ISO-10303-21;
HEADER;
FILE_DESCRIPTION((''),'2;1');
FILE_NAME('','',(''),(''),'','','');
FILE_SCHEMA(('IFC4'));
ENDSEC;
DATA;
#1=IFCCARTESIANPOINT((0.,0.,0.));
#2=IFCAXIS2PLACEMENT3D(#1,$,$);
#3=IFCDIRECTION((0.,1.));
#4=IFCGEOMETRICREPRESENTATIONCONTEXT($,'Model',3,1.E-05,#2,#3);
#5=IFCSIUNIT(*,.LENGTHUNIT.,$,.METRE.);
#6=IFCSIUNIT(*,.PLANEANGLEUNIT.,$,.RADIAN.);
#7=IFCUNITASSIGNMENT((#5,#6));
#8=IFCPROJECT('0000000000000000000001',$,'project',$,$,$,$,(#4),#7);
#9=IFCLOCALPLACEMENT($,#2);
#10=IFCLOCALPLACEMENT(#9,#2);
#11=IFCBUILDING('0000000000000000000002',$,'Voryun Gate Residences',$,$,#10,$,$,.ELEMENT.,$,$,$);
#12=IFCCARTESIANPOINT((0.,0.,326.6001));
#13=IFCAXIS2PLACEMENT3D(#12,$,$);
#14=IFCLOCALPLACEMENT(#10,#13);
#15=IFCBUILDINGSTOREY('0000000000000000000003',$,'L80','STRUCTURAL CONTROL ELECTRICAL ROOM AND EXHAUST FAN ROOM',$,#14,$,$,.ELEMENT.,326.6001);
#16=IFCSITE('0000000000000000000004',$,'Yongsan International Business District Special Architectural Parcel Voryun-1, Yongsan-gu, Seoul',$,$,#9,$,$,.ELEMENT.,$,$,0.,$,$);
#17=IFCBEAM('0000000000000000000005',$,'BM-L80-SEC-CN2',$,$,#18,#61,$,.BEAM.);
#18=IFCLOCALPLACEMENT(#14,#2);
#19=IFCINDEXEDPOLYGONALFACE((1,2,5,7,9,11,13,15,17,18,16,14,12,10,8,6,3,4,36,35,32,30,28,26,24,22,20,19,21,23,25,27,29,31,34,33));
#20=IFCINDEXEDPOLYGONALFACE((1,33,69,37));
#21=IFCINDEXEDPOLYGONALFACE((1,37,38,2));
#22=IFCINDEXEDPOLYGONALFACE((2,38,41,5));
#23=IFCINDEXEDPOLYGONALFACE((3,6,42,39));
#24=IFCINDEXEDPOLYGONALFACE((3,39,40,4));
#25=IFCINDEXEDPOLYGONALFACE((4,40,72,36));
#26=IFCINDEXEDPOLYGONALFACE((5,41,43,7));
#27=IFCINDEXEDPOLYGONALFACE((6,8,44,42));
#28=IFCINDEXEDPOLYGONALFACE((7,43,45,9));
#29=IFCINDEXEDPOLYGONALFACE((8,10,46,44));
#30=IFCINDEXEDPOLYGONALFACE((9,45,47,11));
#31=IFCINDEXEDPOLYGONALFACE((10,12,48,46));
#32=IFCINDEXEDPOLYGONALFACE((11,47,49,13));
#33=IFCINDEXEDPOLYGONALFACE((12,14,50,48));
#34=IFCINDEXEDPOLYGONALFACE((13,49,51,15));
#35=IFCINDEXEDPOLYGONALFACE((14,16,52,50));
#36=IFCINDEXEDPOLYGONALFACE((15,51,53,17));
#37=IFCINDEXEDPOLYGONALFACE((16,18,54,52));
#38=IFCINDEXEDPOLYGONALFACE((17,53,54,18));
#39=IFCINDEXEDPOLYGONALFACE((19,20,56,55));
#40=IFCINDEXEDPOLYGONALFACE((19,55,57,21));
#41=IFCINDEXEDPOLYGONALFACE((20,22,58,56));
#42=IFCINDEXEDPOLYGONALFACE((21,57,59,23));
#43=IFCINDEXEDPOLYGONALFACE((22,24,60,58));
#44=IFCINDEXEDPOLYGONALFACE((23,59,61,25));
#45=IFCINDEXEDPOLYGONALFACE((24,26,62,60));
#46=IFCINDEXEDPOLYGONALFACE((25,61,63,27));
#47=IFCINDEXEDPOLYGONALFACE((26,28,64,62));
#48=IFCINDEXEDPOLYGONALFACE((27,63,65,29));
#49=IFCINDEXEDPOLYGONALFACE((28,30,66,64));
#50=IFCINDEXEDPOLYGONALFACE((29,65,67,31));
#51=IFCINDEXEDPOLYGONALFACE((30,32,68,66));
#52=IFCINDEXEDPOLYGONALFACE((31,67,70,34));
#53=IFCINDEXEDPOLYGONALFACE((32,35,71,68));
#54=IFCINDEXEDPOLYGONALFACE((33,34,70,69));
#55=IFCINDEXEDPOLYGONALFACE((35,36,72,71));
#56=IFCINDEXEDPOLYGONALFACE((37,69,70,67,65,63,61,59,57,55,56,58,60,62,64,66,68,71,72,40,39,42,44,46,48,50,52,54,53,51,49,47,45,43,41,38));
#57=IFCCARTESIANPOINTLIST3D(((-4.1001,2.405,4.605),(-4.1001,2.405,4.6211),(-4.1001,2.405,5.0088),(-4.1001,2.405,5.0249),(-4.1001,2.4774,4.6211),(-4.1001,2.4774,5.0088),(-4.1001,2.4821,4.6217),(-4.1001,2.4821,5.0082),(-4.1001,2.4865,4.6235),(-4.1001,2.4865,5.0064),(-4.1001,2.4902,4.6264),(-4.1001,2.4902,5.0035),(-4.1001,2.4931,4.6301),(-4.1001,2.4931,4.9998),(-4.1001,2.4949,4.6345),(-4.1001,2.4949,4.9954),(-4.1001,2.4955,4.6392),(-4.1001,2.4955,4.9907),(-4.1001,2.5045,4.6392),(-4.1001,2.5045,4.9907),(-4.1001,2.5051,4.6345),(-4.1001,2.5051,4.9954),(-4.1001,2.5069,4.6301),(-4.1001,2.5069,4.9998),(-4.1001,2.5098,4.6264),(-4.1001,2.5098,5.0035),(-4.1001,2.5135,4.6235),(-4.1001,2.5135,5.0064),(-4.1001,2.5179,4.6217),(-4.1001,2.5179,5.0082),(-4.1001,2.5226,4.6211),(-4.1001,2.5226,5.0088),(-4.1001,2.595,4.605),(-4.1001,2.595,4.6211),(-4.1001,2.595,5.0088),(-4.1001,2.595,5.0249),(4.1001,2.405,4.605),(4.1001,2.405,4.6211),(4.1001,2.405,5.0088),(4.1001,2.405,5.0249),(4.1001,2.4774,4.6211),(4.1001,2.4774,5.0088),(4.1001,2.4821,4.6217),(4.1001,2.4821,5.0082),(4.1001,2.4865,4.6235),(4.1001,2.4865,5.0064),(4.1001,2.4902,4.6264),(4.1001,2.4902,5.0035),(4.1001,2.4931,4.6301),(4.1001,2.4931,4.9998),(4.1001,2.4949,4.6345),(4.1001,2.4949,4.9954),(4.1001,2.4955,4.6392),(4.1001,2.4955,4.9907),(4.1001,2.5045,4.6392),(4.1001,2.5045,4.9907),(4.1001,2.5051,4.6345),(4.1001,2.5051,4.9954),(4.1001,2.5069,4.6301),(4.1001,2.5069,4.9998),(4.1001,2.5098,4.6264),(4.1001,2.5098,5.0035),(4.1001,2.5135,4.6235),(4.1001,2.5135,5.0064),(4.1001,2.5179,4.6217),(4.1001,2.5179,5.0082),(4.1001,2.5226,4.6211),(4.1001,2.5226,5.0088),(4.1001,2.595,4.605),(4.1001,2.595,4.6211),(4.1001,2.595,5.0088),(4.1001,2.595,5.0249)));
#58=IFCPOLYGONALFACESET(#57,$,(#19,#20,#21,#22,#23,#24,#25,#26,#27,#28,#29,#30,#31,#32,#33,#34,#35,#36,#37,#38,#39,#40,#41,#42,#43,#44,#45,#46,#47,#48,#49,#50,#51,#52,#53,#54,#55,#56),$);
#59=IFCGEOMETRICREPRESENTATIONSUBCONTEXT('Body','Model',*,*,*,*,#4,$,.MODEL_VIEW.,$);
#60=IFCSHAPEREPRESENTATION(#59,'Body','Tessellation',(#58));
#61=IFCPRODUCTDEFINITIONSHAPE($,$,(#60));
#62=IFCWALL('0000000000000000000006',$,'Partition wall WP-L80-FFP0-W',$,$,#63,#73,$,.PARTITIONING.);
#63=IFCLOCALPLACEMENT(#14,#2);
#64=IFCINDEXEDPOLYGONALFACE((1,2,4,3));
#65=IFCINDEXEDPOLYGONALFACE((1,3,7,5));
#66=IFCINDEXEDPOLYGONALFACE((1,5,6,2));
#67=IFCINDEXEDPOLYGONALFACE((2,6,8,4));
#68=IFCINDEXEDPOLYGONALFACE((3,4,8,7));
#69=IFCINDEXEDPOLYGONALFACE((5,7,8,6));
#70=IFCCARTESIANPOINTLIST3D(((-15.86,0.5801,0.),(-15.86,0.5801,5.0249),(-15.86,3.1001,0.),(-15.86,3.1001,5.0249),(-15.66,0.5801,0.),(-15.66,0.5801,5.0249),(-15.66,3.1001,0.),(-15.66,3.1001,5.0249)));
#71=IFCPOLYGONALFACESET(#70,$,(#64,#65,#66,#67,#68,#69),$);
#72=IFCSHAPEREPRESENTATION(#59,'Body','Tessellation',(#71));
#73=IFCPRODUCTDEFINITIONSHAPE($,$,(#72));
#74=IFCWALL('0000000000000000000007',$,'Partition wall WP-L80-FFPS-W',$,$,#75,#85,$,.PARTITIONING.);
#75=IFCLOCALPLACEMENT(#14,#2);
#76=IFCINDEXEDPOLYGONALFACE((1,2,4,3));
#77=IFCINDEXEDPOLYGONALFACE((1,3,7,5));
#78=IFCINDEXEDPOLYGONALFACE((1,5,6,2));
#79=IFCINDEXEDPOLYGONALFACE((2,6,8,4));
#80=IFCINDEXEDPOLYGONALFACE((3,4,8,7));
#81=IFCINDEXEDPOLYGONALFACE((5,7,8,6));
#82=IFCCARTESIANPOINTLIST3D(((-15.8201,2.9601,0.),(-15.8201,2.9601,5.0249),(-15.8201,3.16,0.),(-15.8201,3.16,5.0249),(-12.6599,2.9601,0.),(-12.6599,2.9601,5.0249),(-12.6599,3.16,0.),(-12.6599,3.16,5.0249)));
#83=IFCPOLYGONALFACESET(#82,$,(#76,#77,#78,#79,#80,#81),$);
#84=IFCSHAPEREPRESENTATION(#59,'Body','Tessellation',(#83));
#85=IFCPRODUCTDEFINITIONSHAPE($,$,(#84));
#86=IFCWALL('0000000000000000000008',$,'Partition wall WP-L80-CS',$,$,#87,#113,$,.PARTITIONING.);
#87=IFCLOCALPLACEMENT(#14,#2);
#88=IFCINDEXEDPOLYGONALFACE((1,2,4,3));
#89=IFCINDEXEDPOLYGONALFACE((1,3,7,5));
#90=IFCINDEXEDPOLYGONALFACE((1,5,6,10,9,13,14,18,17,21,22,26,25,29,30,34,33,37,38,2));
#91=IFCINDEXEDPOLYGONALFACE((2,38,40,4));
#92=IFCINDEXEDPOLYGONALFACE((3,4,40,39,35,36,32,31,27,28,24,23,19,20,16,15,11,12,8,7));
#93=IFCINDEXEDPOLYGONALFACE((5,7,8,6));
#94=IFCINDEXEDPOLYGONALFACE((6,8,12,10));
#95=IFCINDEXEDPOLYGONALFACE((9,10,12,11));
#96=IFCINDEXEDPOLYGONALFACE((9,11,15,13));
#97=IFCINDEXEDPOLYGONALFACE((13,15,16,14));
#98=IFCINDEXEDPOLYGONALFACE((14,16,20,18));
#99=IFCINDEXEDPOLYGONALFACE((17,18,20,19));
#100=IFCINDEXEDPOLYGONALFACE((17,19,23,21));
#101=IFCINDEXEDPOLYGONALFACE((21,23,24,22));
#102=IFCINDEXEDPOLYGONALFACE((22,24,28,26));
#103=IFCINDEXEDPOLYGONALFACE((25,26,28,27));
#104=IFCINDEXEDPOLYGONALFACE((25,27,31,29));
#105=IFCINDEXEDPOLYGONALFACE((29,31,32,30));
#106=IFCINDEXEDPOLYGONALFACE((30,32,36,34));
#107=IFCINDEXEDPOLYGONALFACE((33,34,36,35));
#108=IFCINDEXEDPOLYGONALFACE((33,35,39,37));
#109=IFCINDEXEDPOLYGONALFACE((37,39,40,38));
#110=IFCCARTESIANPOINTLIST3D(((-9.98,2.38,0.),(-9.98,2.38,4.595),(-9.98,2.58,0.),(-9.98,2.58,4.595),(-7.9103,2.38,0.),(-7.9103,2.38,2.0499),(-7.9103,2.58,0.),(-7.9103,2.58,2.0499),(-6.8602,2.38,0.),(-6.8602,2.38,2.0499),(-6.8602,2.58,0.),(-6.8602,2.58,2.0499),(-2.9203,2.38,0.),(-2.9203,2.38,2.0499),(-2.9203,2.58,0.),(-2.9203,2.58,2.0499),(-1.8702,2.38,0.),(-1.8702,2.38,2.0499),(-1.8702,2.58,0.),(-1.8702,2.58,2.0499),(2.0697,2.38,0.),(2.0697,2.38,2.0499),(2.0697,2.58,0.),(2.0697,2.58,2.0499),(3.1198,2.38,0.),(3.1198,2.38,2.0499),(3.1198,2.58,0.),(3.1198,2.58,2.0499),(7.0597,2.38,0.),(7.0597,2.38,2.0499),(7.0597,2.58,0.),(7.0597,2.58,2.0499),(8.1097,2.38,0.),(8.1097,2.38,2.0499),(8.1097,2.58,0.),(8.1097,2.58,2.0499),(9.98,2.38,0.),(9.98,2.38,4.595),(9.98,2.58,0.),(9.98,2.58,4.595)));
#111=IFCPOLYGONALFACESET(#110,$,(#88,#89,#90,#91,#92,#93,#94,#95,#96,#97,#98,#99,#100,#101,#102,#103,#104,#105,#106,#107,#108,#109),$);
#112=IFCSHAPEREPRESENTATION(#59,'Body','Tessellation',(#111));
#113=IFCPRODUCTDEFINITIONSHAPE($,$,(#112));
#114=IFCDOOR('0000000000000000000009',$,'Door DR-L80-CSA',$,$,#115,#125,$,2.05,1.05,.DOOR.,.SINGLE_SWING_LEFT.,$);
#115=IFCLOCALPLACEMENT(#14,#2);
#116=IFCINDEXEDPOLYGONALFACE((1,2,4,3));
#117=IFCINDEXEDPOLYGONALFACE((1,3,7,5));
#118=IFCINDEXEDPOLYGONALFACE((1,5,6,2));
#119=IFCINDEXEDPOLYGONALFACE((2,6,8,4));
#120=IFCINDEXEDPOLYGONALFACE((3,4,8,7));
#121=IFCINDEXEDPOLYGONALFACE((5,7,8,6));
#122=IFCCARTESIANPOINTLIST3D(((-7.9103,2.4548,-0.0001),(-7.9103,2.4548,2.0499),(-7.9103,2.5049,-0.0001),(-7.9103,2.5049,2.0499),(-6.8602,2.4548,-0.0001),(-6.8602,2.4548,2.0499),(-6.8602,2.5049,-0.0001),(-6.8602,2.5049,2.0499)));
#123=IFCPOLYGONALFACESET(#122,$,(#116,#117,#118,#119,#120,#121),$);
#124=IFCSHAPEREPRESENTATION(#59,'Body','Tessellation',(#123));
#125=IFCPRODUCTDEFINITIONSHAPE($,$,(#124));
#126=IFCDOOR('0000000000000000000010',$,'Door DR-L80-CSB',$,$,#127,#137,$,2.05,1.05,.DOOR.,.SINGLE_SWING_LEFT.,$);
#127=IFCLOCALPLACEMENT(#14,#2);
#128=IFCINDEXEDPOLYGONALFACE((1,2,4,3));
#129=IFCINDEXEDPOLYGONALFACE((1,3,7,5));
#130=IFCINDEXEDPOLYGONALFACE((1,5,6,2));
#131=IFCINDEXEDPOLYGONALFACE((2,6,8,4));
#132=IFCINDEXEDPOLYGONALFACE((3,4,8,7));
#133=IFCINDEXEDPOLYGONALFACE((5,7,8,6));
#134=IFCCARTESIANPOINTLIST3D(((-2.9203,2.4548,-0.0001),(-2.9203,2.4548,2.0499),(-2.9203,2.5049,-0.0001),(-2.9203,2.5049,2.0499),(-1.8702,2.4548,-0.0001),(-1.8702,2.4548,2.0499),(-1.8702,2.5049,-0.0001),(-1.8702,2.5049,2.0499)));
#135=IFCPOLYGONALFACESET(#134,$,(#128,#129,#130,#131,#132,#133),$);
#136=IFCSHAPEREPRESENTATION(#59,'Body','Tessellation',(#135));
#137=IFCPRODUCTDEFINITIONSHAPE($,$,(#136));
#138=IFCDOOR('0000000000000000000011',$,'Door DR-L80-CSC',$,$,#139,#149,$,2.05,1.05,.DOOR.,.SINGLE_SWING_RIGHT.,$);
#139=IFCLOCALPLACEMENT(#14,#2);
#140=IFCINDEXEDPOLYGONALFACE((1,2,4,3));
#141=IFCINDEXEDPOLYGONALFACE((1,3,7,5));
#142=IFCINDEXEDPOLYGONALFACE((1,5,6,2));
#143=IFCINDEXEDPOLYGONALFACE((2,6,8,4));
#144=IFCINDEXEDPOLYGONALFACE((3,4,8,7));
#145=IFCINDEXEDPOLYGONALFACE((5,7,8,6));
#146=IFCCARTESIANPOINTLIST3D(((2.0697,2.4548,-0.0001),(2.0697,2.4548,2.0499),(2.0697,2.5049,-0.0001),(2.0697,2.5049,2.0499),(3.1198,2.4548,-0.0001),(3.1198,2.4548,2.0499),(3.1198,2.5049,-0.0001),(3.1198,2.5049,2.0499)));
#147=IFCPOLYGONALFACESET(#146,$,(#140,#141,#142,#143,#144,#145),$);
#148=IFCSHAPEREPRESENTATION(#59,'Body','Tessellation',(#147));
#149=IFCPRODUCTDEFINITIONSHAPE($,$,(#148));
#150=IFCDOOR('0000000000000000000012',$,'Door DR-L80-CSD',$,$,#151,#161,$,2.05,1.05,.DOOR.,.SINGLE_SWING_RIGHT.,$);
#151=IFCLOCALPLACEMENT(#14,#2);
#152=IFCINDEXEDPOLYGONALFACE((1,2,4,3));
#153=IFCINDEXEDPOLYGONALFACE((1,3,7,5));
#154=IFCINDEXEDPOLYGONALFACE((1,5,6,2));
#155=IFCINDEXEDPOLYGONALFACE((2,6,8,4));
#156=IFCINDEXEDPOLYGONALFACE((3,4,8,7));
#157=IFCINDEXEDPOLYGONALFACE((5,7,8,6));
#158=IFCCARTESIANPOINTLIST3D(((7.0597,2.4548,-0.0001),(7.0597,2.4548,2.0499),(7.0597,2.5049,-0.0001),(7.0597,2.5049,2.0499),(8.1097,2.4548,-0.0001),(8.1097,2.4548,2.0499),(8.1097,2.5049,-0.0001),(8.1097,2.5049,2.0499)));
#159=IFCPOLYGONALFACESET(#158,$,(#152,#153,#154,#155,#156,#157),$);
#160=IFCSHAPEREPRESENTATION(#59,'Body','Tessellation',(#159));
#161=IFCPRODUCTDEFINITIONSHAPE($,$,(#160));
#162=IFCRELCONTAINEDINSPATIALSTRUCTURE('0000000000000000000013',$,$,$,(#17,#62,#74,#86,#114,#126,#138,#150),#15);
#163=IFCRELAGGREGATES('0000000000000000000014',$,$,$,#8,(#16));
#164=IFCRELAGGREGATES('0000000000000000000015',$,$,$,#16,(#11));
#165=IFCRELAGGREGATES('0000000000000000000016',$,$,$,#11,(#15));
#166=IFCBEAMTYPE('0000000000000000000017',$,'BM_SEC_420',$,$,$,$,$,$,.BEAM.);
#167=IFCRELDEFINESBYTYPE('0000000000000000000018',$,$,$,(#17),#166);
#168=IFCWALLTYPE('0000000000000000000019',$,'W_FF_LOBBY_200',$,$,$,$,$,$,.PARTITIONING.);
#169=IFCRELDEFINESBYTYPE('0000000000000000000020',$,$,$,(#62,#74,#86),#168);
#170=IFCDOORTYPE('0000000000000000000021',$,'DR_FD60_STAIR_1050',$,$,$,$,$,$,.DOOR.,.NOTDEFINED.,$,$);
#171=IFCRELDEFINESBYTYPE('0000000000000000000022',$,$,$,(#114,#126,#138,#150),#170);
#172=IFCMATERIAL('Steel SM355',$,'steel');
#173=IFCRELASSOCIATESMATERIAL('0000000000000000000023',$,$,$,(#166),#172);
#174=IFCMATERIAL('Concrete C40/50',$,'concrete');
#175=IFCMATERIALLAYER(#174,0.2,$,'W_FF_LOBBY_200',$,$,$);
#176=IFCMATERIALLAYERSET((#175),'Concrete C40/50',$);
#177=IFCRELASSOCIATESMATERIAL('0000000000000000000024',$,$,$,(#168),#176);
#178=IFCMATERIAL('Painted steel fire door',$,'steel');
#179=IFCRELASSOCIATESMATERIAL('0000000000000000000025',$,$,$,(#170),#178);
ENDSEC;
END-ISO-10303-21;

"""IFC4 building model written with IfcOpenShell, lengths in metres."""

from ifc_helpers import new_model, si_unit, direction, frame, frame_2d, origin, origin_2d, place, context, subcontext, project, spatial, rectangle, i_section, extrude, material, layer, layer_set, material_profile, profile_set, type_object, element, fill, save


model = new_model("IFC4")

# Units and contexts
model_context = context("Model", 3, precision=1e-05, world=origin(), true_north=direction((0.0, 1.0)))
body_context = subcontext(model_context, "Body", "Model", "MODEL_VIEW")
ifc_project = project(units=[si_unit("LENGTHUNIT", "METRE"), si_unit("PLANEANGLEUNIT", "RADIAN")], contexts=[model_context])

# Site, building, storey
site_placement = place(None, origin())
site = spatial("IfcSite", under=ifc_project, at=site_placement, Name="Yongsan International Business District Special Architectural Parcel Voryun-1, Yongsan-gu, Seoul", CompositionType="ELEMENT", RefElevation=0.0)
building_placement = place(site_placement, origin())
building = spatial("IfcBuilding", under=site, at=building_placement, Name="Voryun Gate Residences", CompositionType="ELEMENT")
storey_placement = place(building_placement, frame((0.0, 0.0, 326.6001)))
storey = spatial("IfcBuildingStorey", under=building, at=storey_placement, Name="L80", Description="STRUCTURAL CONTROL ELECTRICAL ROOM AND EXHAUST FAN ROOM", CompositionType="ELEMENT", Elevation=326.6001)

# Beam
ifc_material_1 = material(Name="Steel SM355", Category="steel")
ifc_material_profile_1 = material_profile(ifc_material_1, i_section(OverallWidth=0.1899, OverallDepth=0.4199, WebThickness=0.009, FlangeThickness=0.0161, FilletRadius=0.0181, at=origin_2d()), Name="H-420x190x9x16")
ifc_profile_set_1 = profile_set([ifc_material_profile_1], Name="Steel SM355")
beam_type = type_object("IfcBeamType", Name="BM_SEC_420", PredefinedType="BEAM", material=ifc_profile_set_1)
beam_1_placement = place(storey_placement, frame((-4.1001, 2.5, 4.8149), z_axis=(1.0, 0.0, 0.0), x_axis=(0.0, 1.0, 0.0)))
element("IfcBeam", 1, at=beam_1_placement, inside=storey, type_object=beam_type, Name="BM-L80-SEC-CN2", PredefinedType="BEAM", context=body_context, shape_type="SweptSolid", body=[
    extrude(i_section(OverallWidth=0.1899, OverallDepth=0.4199, WebThickness=0.009, FlangeThickness=0.0161, FilletRadius=0.0181, at=origin_2d()), origin(), (0.0, 0.0, 1.0), 8.2002),
])

# Walls
ifc_material_2 = material(Name="Concrete C40/50", Category="concrete")
ifc_layer_1 = layer(ifc_material_2, 0.2, Name="W_FF_LOBBY_200")
ifc_layer_set_1 = layer_set([ifc_layer_1], Name="Concrete C40/50")
wall_type_1 = type_object("IfcWallType", Name="W_FF_LOBBY_200", PredefinedType="PARTITIONING", material=ifc_layer_set_1)
wall_1_placement = place(storey_placement, frame((-15.76, 0.5801, 0.0), z_axis=(0.0, 0.0, 1.0), x_axis=(0.0, 1.0, 0.0)))
element("IfcWall", 2, at=wall_1_placement, inside=storey, type_object=wall_type_1, Name="Partition wall WP-L80-FFP0-W", PredefinedType="PARTITIONING", context=body_context, shape_type="SweptSolid", body=[
    extrude(rectangle(XDim=2.52, YDim=0.2, at=frame_2d((1.26, 0.0))), origin(), (0.0, 0.0, 1.0), 5.0249),
])
wall_2_placement = place(storey_placement, frame((-15.8201, 3.0601, 0.0), z_axis=(0.0, 0.0, 1.0), x_axis=(1.0, 0.0, 0.0)))
element("IfcWall", 3, at=wall_2_placement, inside=storey, type_object=wall_type_1, Name="Partition wall WP-L80-FFPS-W", PredefinedType="PARTITIONING", context=body_context, shape_type="SweptSolid", body=[
    extrude(rectangle(XDim=3.1602, YDim=0.2, at=frame_2d((1.5801, 0.0))), origin(), (0.0, 0.0, 1.0), 5.0249),
])

# Wall, openings, doors
wall_3_placement = place(storey_placement, frame((-9.98, 2.48, 0.0), z_axis=(0.0, 0.0, 1.0), x_axis=(1.0, 0.0, 0.0)))
wall_3 = element("IfcWall", 4, at=wall_3_placement, inside=storey, type_object=wall_type_1, Name="Partition wall WP-L80-CS", PredefinedType="PARTITIONING", context=body_context, shape_type="SweptSolid", body=[
    extrude(rectangle(XDim=19.96, YDim=0.2, at=frame_2d((9.98, 0.0))), origin(), (0.0, 0.0, 1.0), 4.595),
])
opening_1_placement = place(wall_3_placement, frame((2.0698, 0.0, 0.0)))
opening_1 = element("IfcOpeningElement", 5, at=opening_1_placement, cuts=wall_3, PredefinedType="OPENING", context=body_context, shape_type="SweptSolid", body=[
    extrude(rectangle(XDim=1.05, YDim=2.05, at=frame_2d((0.5249, 1.0249))), frame((0.0, 0.1101, 0.0), z_axis=(0.0, -1.0, 0.0), x_axis=(1.0, 0.0, 0.0)), (0.0, 0.0, 1.0), 0.22),
])
opening_2_placement = place(wall_3_placement, frame((7.0598, 0.0, 0.0)))
opening_2 = element("IfcOpeningElement", 6, at=opening_2_placement, cuts=wall_3, PredefinedType="OPENING", context=body_context, shape_type="SweptSolid", body=[
    extrude(rectangle(XDim=1.05, YDim=2.05, at=frame_2d((0.5249, 1.0249))), frame((0.0, 0.1101, 0.0), z_axis=(0.0, -1.0, 0.0), x_axis=(1.0, 0.0, 0.0)), (0.0, 0.0, 1.0), 0.22),
])
opening_3_placement = place(wall_3_placement, frame((12.0498, 0.0, 0.0)))
opening_3 = element("IfcOpeningElement", 7, at=opening_3_placement, cuts=wall_3, PredefinedType="OPENING", context=body_context, shape_type="SweptSolid", body=[
    extrude(rectangle(XDim=1.05, YDim=2.05, at=frame_2d((0.5249, 1.0249))), frame((0.0, 0.1101, 0.0), z_axis=(0.0, -1.0, 0.0), x_axis=(1.0, 0.0, 0.0)), (0.0, 0.0, 1.0), 0.22),
])
opening_4_placement = place(wall_3_placement, frame((17.0398, 0.0, 0.0)))
opening_4 = element("IfcOpeningElement", 8, at=opening_4_placement, cuts=wall_3, PredefinedType="OPENING", context=body_context, shape_type="SweptSolid", body=[
    extrude(rectangle(XDim=1.05, YDim=2.05, at=frame_2d((0.5249, 1.0249))), frame((0.0, 0.1101, 0.0), z_axis=(0.0, -1.0, 0.0), x_axis=(1.0, 0.0, 0.0)), (0.0, 0.0, 1.0), 0.22),
])
ifc_material_3 = material(Name="Painted steel fire door", Category="steel")
door_type_1 = type_object("IfcDoorType", Name="DR_FD60_STAIR_1050", OperationType="NOTDEFINED", PredefinedType="DOOR", material=ifc_material_3)
door_1_placement = place(opening_1_placement, origin())
door_1 = element("IfcDoor", 9, at=door_1_placement, inside=storey, type_object=door_type_1, Name="Door DR-L80-CSA", OperationType="SINGLE_SWING_LEFT", OverallHeight=2.05, OverallWidth=1.05, PredefinedType="DOOR", context=body_context, shape_type="SweptSolid", body=[
    extrude(rectangle(XDim=1.05, YDim=2.05, at=frame_2d((0.5249, 1.0249))), frame((0.0, 0.0249, 0.0), z_axis=(0.0, -1.0, 0.0), x_axis=(1.0, 0.0, 0.0)), (0.0, 0.0, 1.0), 0.05),
])
fill(opening_1, door_1)
door_2_placement = place(opening_2_placement, origin())
door_2 = element("IfcDoor", 10, at=door_2_placement, inside=storey, type_object=door_type_1, Name="Door DR-L80-CSB", OperationType="SINGLE_SWING_LEFT", OverallHeight=2.05, OverallWidth=1.05, PredefinedType="DOOR", context=body_context, shape_type="SweptSolid", body=[
    extrude(rectangle(XDim=1.05, YDim=2.05, at=frame_2d((0.5249, 1.0249))), frame((0.0, 0.0249, 0.0), z_axis=(0.0, -1.0, 0.0), x_axis=(1.0, 0.0, 0.0)), (0.0, 0.0, 1.0), 0.05),
])
fill(opening_2, door_2)
door_3_placement = place(opening_3_placement, origin())
door_3 = element("IfcDoor", 11, at=door_3_placement, inside=storey, type_object=door_type_1, Name="Door DR-L80-CSC", OperationType="SINGLE_SWING_RIGHT", OverallHeight=2.05, OverallWidth=1.05, PredefinedType="DOOR", context=body_context, shape_type="SweptSolid", body=[
    extrude(rectangle(XDim=1.05, YDim=2.05, at=frame_2d((0.5249, 1.0249))), frame((0.0, 0.0249, 0.0), z_axis=(0.0, -1.0, 0.0), x_axis=(1.0, 0.0, 0.0)), (0.0, 0.0, 1.0), 0.05),
])
fill(opening_3, door_3)
door_4_placement = place(opening_4_placement, origin())
door_4 = element("IfcDoor", 12, at=door_4_placement, inside=storey, type_object=door_type_1, Name="Door DR-L80-CSD", OperationType="SINGLE_SWING_RIGHT", OverallHeight=2.05, OverallWidth=1.05, PredefinedType="DOOR", context=body_context, shape_type="SweptSolid", body=[
    extrude(rectangle(XDim=1.05, YDim=2.05, at=frame_2d((0.5249, 1.0249))), frame((0.0, 0.0249, 0.0), z_axis=(0.0, -1.0, 0.0), x_axis=(1.0, 0.0, 0.0)), (0.0, 0.0, 1.0), 0.05),
])
fill(opening_4, door_4)

save(model, "model.ifc")
